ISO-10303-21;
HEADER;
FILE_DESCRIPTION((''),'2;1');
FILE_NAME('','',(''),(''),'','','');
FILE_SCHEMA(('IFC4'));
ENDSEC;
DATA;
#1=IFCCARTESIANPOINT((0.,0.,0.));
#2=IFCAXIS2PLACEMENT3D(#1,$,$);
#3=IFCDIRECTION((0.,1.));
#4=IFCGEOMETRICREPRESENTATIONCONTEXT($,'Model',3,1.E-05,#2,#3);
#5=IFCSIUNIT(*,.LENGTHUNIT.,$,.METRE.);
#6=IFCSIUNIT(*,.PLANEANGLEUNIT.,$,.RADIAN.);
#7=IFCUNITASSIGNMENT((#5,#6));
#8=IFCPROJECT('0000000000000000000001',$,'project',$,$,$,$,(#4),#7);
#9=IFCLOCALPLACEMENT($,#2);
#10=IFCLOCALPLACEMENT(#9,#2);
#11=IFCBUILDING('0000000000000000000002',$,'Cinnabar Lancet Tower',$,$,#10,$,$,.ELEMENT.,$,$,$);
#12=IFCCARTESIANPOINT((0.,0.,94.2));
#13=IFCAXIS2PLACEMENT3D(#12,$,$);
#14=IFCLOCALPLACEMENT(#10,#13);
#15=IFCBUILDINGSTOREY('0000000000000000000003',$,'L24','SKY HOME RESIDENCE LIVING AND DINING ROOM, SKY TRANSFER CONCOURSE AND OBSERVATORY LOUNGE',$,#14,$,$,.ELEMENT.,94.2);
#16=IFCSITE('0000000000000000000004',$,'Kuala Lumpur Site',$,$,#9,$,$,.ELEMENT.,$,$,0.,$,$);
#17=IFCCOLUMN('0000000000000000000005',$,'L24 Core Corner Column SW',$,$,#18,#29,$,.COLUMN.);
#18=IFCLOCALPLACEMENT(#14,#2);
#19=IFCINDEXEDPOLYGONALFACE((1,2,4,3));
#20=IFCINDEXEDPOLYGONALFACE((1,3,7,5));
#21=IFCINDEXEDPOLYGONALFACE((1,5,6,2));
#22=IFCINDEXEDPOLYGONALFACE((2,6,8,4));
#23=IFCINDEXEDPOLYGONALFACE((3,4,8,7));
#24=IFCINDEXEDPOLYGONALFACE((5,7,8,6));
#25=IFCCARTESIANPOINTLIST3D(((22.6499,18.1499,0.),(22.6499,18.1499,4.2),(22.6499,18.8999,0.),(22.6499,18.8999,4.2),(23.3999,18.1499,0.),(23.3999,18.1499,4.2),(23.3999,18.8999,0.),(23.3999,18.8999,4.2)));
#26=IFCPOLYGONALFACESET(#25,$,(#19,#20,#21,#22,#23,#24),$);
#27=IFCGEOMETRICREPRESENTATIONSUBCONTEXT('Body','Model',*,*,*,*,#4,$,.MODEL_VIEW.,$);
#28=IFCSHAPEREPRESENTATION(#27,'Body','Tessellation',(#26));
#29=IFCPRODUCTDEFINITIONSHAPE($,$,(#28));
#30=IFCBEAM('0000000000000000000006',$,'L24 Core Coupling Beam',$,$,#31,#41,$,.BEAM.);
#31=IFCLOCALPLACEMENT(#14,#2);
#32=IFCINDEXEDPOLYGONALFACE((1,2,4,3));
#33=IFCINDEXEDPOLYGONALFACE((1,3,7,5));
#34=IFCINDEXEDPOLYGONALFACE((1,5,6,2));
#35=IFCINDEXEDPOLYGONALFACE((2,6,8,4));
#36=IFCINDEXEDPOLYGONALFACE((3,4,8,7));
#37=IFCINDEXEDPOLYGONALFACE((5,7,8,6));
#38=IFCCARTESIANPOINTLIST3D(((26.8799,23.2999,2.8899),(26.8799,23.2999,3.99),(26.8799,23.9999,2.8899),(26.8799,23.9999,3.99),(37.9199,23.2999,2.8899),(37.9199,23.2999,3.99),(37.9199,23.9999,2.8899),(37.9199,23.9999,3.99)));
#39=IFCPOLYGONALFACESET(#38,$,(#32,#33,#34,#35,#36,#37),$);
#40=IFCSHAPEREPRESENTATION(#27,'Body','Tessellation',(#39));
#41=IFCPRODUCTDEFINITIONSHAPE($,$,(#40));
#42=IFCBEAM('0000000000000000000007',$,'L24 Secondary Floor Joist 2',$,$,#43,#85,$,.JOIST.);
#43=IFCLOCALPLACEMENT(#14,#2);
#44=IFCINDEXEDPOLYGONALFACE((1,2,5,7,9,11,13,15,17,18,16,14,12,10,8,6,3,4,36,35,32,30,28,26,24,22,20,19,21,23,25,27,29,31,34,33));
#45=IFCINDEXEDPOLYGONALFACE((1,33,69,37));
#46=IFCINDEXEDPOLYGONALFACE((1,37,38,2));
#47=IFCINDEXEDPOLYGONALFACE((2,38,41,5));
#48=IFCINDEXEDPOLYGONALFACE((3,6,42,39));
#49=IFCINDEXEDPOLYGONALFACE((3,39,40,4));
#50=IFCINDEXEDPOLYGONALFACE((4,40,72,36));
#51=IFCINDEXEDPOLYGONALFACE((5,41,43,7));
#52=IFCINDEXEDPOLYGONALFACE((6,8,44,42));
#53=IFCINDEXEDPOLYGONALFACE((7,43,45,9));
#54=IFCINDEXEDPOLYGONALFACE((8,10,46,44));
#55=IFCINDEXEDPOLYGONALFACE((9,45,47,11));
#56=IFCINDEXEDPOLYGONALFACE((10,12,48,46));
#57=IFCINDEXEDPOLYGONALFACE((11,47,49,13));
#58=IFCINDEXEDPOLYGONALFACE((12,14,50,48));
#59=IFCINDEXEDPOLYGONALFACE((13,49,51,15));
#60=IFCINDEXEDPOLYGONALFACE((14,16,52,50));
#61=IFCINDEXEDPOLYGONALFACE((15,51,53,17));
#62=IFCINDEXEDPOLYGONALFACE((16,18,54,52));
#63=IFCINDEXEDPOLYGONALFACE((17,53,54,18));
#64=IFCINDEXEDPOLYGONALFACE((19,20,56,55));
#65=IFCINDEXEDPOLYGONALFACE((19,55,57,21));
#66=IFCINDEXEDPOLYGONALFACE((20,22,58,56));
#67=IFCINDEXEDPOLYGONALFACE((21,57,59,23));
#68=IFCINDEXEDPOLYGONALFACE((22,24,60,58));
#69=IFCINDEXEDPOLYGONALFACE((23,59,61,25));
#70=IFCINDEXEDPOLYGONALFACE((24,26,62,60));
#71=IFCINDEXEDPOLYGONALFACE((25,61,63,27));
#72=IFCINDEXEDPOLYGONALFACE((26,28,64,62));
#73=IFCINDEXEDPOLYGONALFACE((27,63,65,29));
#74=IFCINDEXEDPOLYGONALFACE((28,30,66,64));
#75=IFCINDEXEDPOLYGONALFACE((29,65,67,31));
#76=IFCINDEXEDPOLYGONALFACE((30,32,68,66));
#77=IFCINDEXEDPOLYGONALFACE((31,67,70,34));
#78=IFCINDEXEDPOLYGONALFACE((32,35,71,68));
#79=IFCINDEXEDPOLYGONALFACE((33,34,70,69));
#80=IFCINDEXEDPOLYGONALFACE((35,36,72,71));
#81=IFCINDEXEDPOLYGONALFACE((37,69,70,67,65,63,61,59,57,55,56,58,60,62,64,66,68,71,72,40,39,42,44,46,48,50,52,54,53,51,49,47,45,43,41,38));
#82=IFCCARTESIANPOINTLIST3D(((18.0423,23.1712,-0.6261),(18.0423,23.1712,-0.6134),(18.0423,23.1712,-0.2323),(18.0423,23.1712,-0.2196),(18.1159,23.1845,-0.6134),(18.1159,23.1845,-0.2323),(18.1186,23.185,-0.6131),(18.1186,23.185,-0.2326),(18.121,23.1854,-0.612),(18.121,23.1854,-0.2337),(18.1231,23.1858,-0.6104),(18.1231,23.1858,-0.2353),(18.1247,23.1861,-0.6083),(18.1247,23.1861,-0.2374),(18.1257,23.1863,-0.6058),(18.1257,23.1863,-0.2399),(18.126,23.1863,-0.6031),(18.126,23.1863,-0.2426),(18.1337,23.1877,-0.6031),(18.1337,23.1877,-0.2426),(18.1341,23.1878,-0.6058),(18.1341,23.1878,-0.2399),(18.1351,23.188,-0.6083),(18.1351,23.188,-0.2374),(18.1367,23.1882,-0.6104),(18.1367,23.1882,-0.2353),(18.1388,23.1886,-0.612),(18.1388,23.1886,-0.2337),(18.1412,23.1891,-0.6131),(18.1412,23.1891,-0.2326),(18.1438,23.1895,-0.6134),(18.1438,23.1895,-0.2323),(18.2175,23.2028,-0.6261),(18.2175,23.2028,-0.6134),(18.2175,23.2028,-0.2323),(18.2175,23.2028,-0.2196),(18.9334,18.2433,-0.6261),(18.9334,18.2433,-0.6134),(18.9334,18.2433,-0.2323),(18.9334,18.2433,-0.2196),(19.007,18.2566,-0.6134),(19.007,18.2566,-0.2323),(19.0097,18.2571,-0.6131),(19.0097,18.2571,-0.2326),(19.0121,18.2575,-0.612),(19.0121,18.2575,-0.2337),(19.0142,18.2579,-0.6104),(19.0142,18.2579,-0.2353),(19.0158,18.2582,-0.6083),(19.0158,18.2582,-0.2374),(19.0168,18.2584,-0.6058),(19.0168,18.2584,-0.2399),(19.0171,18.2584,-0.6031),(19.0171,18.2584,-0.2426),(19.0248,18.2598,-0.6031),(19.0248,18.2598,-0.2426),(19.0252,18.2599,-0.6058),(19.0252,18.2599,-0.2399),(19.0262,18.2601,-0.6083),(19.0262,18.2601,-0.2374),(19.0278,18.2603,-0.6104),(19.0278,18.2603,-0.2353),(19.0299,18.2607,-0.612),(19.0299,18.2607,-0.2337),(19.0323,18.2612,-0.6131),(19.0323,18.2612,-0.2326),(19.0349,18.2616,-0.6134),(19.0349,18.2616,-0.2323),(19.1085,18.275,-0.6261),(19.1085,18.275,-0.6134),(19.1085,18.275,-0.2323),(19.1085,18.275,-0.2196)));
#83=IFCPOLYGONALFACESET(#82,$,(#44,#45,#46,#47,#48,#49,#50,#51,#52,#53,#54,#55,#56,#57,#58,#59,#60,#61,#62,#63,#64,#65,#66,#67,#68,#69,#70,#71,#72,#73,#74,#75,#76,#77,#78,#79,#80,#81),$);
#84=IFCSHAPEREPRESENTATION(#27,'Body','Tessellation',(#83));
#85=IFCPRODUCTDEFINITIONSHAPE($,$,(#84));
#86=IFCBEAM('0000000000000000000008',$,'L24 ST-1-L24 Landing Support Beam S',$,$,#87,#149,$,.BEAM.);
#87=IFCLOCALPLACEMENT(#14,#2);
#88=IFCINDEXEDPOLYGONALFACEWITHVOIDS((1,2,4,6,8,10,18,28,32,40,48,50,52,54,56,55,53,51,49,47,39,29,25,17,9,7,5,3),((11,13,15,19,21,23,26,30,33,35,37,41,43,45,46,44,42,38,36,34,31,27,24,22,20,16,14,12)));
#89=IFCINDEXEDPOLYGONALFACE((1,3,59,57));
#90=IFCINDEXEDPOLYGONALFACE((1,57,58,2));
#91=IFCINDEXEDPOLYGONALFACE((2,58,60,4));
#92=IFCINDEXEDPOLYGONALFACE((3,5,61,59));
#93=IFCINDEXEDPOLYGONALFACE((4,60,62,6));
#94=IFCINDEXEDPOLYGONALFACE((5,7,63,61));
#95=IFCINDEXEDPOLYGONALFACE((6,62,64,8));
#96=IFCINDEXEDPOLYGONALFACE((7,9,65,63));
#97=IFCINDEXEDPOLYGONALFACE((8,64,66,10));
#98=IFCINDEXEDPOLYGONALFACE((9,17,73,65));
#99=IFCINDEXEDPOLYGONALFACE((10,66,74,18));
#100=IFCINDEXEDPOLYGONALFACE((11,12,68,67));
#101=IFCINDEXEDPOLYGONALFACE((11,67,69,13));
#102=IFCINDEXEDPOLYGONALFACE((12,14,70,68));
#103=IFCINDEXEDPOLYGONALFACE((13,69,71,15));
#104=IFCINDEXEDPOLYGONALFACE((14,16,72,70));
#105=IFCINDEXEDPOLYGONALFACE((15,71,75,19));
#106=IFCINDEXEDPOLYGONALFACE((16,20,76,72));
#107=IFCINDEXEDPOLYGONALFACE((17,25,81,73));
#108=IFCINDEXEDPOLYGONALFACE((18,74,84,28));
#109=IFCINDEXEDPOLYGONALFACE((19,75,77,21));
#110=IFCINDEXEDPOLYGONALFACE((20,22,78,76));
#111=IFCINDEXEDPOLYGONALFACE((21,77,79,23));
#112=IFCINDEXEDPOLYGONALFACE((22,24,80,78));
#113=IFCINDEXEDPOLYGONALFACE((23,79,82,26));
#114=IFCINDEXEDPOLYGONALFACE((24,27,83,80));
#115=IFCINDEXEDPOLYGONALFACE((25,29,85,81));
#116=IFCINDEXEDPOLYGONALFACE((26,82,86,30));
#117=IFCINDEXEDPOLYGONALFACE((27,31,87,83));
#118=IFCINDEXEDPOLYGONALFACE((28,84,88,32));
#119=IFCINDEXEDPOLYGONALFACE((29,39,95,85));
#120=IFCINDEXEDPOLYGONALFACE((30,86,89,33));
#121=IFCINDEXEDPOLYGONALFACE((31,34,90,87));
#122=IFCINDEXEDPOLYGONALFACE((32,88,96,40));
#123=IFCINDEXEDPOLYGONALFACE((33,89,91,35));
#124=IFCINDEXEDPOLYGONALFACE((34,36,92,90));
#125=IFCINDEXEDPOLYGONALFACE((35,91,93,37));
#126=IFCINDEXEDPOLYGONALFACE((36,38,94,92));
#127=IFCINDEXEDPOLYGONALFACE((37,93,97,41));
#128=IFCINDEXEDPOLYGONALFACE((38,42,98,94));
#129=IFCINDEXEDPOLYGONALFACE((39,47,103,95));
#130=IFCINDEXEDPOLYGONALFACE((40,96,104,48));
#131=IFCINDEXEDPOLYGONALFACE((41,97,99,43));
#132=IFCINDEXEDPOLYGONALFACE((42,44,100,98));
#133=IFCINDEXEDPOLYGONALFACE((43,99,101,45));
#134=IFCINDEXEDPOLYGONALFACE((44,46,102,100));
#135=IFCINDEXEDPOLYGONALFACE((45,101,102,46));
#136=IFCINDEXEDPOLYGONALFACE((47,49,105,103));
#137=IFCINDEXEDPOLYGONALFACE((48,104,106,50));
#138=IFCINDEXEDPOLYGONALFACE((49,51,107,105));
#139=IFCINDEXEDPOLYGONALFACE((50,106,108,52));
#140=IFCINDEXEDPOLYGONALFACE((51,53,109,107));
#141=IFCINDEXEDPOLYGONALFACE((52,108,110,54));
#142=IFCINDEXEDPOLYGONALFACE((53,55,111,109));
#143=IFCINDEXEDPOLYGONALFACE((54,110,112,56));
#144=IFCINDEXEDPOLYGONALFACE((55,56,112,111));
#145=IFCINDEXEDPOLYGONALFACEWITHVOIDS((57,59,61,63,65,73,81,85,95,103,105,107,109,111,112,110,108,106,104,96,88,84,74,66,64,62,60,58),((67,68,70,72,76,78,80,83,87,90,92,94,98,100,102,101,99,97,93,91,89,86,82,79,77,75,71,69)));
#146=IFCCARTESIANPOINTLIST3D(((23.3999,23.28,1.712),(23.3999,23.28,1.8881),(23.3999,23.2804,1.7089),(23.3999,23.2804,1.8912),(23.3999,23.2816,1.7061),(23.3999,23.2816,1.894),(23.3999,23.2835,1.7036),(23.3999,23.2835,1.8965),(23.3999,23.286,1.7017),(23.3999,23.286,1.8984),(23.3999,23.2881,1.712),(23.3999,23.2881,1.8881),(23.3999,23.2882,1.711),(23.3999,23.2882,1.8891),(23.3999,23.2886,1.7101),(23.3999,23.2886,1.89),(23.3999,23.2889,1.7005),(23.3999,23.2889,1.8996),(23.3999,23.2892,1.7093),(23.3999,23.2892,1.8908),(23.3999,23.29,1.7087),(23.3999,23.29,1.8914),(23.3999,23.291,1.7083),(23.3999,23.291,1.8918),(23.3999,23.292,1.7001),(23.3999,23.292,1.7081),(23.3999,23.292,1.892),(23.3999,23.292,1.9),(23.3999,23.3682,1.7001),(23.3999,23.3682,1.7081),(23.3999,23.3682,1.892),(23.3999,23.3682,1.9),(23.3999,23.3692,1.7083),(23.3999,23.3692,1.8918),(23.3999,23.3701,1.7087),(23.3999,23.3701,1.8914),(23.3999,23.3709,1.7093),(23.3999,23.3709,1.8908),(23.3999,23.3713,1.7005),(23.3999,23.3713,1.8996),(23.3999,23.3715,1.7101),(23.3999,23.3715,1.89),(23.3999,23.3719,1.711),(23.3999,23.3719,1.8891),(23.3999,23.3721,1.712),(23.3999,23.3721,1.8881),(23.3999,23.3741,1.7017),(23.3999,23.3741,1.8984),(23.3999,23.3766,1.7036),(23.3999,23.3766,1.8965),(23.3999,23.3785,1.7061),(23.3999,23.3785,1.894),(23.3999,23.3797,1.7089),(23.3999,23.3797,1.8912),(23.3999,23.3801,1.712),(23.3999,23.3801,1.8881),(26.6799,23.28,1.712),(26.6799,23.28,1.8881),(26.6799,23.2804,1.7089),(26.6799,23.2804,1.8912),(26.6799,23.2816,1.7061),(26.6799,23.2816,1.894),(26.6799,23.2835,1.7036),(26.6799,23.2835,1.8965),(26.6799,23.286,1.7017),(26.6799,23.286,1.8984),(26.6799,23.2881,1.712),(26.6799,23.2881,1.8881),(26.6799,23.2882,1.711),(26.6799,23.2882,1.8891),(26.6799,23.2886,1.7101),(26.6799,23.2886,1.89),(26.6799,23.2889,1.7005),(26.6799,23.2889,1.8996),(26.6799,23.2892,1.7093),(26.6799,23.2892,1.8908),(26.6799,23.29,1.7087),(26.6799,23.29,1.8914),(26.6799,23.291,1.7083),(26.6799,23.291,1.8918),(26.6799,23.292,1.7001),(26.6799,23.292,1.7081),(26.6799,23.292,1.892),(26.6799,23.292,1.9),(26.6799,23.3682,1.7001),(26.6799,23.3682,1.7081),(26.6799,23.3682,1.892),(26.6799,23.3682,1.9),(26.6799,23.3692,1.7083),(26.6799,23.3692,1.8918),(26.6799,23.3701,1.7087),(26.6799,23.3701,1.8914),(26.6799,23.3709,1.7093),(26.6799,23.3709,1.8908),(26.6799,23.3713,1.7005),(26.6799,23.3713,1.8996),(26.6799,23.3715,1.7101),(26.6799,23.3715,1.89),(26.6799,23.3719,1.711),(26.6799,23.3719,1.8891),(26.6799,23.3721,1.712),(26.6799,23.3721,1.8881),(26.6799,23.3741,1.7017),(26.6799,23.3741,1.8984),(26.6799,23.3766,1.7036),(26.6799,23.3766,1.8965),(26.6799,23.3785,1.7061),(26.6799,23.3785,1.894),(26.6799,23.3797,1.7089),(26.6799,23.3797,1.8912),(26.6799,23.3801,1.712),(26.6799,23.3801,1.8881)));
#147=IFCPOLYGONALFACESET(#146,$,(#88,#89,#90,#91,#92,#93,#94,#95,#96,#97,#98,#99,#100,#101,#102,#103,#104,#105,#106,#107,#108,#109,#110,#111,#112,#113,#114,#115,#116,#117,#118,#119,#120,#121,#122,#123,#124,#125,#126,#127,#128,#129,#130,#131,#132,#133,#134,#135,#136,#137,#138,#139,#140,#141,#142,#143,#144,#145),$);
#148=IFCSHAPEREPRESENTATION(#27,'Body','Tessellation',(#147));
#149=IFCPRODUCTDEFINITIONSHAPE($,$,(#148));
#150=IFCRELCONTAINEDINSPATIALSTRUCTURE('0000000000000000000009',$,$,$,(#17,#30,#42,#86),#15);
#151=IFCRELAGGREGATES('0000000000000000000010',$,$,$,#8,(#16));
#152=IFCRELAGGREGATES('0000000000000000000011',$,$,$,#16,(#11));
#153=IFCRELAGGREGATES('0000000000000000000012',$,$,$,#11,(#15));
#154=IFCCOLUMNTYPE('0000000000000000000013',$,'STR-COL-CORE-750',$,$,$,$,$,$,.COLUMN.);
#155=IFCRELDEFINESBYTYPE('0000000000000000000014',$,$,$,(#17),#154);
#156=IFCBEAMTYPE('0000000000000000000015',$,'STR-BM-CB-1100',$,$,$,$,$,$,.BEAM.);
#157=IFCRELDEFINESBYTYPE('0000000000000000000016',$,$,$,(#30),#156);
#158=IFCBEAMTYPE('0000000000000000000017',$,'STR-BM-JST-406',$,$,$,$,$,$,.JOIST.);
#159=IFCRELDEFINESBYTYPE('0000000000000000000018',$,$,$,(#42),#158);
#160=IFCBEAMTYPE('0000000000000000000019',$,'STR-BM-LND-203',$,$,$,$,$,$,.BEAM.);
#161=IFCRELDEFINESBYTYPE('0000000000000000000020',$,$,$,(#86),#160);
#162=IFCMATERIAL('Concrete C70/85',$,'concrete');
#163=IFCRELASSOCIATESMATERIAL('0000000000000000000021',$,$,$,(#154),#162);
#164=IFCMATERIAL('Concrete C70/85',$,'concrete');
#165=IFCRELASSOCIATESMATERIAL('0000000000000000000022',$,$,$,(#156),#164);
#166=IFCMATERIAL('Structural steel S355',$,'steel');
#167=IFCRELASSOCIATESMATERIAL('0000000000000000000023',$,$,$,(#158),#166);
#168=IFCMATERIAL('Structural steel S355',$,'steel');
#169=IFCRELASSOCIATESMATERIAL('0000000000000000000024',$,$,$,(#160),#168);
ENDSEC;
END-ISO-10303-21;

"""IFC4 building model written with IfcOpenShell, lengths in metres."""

from ifc_helpers import new_model, si_unit, direction, frame, origin, origin_2d, place, context, subcontext, project, spatial, rectangle, hollow_rectangle, i_section, extrude, material, material_profile, profile_set, type_object, element, save


model = new_model("IFC4")

# Units and contexts
model_context = context("Model", 3, precision=1e-05, world=origin(), true_north=direction((0.0, 1.0)))
body_context = subcontext(model_context, "Body", "Model", "MODEL_VIEW")
ifc_project = project(units=[si_unit("LENGTHUNIT", "METRE"), si_unit("PLANEANGLEUNIT", "RADIAN")], contexts=[model_context])

# Site, building, storey
site_placement = place(None, origin())
site = spatial("IfcSite", under=ifc_project, at=site_placement, Name="Kuala Lumpur Site", CompositionType="ELEMENT", RefElevation=0.0)
building_placement = place(site_placement, origin())
building = spatial("IfcBuilding", under=site, at=building_placement, Name="Cinnabar Lancet Tower", CompositionType="ELEMENT")
storey_placement = place(building_placement, frame((0.0, 0.0, 94.2)))
storey = spatial("IfcBuildingStorey", under=building, at=storey_placement, Name="L24", Description="SKY HOME RESIDENCE LIVING AND DINING ROOM, SKY TRANSFER CONCOURSE AND OBSERVATORY LOUNGE", CompositionType="ELEMENT", Elevation=94.2)

# Column
ifc_material_1 = material(Name="Concrete C70/85", Category="concrete")
ifc_material_profile_1 = material_profile(ifc_material_1, rectangle(XDim=0.75, YDim=0.75, at=origin_2d()), Name="RC-COL 750x750")
ifc_profile_set_1 = profile_set([ifc_material_profile_1], Name="Concrete C70/85")
column_type = type_object("IfcColumnType", Name="STR-COL-CORE-750", PredefinedType="COLUMN", material=ifc_profile_set_1)
column_placement = place(storey_placement, frame((23.0249, 18.5249, 0.0), z_axis=(0.0, 0.0, 1.0), x_axis=(1.0, 0.0, 0.0)))
element("IfcColumn", 1, at=column_placement, inside=storey, type_object=column_type, Name="L24 Core Corner Column SW", PredefinedType="COLUMN", context=body_context, shape_type="SweptSolid", body=[
    extrude(rectangle(XDim=0.75, YDim=0.75, at=origin_2d()), origin(), (0.0, 0.0, 1.0), 4.2),
])

# Beams
ifc_material_2 = material(Name="Concrete C70/85", Category="concrete")
ifc_material_profile_2 = material_profile(ifc_material_2, rectangle(XDim=0.7, YDim=1.1001, at=origin_2d()), Name="RC-CB 700x1100")
ifc_profile_set_2 = profile_set([ifc_material_profile_2], Name="Concrete C70/85")
beam_type_1 = type_object("IfcBeamType", Name="STR-BM-CB-1100", PredefinedType="BEAM", material=ifc_profile_set_2)
beam_1_placement = place(storey_placement, frame((26.8799, 23.6499, 3.4399), z_axis=(1.0, 0.0, 0.0), x_axis=(0.0, 1.0, 0.0)))
element("IfcBeam", 2, at=beam_1_placement, inside=storey, type_object=beam_type_1, Name="L24 Core Coupling Beam", PredefinedType="BEAM", context=body_context, shape_type="SweptSolid", body=[
    extrude(rectangle(XDim=0.7, YDim=1.1001, at=origin_2d()), origin(), (0.0, 0.0, 1.0), 11.04),
])
ifc_material_3 = material(Name="Structural steel S355", Category="steel")
ifc_material_profile_3 = material_profile(ifc_material_3, i_section(OverallWidth=0.178, OverallDepth=0.4065, WebThickness=0.0078, FlangeThickness=0.0127, FilletRadius=0.0103, at=origin_2d()), Name="UKB 406x178x60")
ifc_profile_set_3 = profile_set([ifc_material_profile_3], Name="Structural steel S355")
beam_type_2 = type_object("IfcBeamType", Name="STR-BM-JST-406", PredefinedType="JOIST", material=ifc_profile_set_3)
beam_2_placement = place(storey_placement, frame((18.1299, 23.187, -0.4229), z_axis=(0.177942, -0.984041, 0.0), x_axis=(0.984041, 0.177942, 0.0)))
element("IfcBeam", 3, at=beam_2_placement, inside=storey, type_object=beam_type_2, Name="L24 Secondary Floor Joist 2", PredefinedType="JOIST", context=body_context, shape_type="SweptSolid", body=[
    extrude(i_section(OverallWidth=0.178, OverallDepth=0.4065, WebThickness=0.0078, FlangeThickness=0.0127, FilletRadius=0.0103, at=origin_2d()), origin(), (0.0, 0.0, 1.0), 5.0078),
])
ifc_material_4 = material(Name="Structural steel S355", Category="steel")
ifc_material_profile_4 = material_profile(ifc_material_4, hollow_rectangle(XDim=0.1001, YDim=0.2, WallThickness=0.0081, InnerFilletRadius=0.0039, OuterFilletRadius=0.012, at=origin_2d()), Name="RHS 200x100x8")
ifc_profile_set_4 = profile_set([ifc_material_profile_4], Name="Structural steel S355")
beam_type_3 = type_object("IfcBeamType", Name="STR-BM-LND-203", PredefinedType="BEAM", material=ifc_profile_set_4)
beam_3_placement = place(storey_placement, frame((23.3999, 23.3301, 1.8), z_axis=(1.0, 0.0, 0.0), x_axis=(0.0, 1.0, 0.0)))
element("IfcBeam", 4, at=beam_3_placement, inside=storey, type_object=beam_type_3, Name="L24 ST-1-L24 Landing Support Beam S", PredefinedType="BEAM", context=body_context, shape_type="SweptSolid", body=[
    extrude(hollow_rectangle(XDim=0.1001, YDim=0.2, WallThickness=0.0081, InnerFilletRadius=0.0039, OuterFilletRadius=0.012, at=origin_2d()), origin(), (0.0, 0.0, 1.0), 3.28),
])

save(model, "model.ifc")
